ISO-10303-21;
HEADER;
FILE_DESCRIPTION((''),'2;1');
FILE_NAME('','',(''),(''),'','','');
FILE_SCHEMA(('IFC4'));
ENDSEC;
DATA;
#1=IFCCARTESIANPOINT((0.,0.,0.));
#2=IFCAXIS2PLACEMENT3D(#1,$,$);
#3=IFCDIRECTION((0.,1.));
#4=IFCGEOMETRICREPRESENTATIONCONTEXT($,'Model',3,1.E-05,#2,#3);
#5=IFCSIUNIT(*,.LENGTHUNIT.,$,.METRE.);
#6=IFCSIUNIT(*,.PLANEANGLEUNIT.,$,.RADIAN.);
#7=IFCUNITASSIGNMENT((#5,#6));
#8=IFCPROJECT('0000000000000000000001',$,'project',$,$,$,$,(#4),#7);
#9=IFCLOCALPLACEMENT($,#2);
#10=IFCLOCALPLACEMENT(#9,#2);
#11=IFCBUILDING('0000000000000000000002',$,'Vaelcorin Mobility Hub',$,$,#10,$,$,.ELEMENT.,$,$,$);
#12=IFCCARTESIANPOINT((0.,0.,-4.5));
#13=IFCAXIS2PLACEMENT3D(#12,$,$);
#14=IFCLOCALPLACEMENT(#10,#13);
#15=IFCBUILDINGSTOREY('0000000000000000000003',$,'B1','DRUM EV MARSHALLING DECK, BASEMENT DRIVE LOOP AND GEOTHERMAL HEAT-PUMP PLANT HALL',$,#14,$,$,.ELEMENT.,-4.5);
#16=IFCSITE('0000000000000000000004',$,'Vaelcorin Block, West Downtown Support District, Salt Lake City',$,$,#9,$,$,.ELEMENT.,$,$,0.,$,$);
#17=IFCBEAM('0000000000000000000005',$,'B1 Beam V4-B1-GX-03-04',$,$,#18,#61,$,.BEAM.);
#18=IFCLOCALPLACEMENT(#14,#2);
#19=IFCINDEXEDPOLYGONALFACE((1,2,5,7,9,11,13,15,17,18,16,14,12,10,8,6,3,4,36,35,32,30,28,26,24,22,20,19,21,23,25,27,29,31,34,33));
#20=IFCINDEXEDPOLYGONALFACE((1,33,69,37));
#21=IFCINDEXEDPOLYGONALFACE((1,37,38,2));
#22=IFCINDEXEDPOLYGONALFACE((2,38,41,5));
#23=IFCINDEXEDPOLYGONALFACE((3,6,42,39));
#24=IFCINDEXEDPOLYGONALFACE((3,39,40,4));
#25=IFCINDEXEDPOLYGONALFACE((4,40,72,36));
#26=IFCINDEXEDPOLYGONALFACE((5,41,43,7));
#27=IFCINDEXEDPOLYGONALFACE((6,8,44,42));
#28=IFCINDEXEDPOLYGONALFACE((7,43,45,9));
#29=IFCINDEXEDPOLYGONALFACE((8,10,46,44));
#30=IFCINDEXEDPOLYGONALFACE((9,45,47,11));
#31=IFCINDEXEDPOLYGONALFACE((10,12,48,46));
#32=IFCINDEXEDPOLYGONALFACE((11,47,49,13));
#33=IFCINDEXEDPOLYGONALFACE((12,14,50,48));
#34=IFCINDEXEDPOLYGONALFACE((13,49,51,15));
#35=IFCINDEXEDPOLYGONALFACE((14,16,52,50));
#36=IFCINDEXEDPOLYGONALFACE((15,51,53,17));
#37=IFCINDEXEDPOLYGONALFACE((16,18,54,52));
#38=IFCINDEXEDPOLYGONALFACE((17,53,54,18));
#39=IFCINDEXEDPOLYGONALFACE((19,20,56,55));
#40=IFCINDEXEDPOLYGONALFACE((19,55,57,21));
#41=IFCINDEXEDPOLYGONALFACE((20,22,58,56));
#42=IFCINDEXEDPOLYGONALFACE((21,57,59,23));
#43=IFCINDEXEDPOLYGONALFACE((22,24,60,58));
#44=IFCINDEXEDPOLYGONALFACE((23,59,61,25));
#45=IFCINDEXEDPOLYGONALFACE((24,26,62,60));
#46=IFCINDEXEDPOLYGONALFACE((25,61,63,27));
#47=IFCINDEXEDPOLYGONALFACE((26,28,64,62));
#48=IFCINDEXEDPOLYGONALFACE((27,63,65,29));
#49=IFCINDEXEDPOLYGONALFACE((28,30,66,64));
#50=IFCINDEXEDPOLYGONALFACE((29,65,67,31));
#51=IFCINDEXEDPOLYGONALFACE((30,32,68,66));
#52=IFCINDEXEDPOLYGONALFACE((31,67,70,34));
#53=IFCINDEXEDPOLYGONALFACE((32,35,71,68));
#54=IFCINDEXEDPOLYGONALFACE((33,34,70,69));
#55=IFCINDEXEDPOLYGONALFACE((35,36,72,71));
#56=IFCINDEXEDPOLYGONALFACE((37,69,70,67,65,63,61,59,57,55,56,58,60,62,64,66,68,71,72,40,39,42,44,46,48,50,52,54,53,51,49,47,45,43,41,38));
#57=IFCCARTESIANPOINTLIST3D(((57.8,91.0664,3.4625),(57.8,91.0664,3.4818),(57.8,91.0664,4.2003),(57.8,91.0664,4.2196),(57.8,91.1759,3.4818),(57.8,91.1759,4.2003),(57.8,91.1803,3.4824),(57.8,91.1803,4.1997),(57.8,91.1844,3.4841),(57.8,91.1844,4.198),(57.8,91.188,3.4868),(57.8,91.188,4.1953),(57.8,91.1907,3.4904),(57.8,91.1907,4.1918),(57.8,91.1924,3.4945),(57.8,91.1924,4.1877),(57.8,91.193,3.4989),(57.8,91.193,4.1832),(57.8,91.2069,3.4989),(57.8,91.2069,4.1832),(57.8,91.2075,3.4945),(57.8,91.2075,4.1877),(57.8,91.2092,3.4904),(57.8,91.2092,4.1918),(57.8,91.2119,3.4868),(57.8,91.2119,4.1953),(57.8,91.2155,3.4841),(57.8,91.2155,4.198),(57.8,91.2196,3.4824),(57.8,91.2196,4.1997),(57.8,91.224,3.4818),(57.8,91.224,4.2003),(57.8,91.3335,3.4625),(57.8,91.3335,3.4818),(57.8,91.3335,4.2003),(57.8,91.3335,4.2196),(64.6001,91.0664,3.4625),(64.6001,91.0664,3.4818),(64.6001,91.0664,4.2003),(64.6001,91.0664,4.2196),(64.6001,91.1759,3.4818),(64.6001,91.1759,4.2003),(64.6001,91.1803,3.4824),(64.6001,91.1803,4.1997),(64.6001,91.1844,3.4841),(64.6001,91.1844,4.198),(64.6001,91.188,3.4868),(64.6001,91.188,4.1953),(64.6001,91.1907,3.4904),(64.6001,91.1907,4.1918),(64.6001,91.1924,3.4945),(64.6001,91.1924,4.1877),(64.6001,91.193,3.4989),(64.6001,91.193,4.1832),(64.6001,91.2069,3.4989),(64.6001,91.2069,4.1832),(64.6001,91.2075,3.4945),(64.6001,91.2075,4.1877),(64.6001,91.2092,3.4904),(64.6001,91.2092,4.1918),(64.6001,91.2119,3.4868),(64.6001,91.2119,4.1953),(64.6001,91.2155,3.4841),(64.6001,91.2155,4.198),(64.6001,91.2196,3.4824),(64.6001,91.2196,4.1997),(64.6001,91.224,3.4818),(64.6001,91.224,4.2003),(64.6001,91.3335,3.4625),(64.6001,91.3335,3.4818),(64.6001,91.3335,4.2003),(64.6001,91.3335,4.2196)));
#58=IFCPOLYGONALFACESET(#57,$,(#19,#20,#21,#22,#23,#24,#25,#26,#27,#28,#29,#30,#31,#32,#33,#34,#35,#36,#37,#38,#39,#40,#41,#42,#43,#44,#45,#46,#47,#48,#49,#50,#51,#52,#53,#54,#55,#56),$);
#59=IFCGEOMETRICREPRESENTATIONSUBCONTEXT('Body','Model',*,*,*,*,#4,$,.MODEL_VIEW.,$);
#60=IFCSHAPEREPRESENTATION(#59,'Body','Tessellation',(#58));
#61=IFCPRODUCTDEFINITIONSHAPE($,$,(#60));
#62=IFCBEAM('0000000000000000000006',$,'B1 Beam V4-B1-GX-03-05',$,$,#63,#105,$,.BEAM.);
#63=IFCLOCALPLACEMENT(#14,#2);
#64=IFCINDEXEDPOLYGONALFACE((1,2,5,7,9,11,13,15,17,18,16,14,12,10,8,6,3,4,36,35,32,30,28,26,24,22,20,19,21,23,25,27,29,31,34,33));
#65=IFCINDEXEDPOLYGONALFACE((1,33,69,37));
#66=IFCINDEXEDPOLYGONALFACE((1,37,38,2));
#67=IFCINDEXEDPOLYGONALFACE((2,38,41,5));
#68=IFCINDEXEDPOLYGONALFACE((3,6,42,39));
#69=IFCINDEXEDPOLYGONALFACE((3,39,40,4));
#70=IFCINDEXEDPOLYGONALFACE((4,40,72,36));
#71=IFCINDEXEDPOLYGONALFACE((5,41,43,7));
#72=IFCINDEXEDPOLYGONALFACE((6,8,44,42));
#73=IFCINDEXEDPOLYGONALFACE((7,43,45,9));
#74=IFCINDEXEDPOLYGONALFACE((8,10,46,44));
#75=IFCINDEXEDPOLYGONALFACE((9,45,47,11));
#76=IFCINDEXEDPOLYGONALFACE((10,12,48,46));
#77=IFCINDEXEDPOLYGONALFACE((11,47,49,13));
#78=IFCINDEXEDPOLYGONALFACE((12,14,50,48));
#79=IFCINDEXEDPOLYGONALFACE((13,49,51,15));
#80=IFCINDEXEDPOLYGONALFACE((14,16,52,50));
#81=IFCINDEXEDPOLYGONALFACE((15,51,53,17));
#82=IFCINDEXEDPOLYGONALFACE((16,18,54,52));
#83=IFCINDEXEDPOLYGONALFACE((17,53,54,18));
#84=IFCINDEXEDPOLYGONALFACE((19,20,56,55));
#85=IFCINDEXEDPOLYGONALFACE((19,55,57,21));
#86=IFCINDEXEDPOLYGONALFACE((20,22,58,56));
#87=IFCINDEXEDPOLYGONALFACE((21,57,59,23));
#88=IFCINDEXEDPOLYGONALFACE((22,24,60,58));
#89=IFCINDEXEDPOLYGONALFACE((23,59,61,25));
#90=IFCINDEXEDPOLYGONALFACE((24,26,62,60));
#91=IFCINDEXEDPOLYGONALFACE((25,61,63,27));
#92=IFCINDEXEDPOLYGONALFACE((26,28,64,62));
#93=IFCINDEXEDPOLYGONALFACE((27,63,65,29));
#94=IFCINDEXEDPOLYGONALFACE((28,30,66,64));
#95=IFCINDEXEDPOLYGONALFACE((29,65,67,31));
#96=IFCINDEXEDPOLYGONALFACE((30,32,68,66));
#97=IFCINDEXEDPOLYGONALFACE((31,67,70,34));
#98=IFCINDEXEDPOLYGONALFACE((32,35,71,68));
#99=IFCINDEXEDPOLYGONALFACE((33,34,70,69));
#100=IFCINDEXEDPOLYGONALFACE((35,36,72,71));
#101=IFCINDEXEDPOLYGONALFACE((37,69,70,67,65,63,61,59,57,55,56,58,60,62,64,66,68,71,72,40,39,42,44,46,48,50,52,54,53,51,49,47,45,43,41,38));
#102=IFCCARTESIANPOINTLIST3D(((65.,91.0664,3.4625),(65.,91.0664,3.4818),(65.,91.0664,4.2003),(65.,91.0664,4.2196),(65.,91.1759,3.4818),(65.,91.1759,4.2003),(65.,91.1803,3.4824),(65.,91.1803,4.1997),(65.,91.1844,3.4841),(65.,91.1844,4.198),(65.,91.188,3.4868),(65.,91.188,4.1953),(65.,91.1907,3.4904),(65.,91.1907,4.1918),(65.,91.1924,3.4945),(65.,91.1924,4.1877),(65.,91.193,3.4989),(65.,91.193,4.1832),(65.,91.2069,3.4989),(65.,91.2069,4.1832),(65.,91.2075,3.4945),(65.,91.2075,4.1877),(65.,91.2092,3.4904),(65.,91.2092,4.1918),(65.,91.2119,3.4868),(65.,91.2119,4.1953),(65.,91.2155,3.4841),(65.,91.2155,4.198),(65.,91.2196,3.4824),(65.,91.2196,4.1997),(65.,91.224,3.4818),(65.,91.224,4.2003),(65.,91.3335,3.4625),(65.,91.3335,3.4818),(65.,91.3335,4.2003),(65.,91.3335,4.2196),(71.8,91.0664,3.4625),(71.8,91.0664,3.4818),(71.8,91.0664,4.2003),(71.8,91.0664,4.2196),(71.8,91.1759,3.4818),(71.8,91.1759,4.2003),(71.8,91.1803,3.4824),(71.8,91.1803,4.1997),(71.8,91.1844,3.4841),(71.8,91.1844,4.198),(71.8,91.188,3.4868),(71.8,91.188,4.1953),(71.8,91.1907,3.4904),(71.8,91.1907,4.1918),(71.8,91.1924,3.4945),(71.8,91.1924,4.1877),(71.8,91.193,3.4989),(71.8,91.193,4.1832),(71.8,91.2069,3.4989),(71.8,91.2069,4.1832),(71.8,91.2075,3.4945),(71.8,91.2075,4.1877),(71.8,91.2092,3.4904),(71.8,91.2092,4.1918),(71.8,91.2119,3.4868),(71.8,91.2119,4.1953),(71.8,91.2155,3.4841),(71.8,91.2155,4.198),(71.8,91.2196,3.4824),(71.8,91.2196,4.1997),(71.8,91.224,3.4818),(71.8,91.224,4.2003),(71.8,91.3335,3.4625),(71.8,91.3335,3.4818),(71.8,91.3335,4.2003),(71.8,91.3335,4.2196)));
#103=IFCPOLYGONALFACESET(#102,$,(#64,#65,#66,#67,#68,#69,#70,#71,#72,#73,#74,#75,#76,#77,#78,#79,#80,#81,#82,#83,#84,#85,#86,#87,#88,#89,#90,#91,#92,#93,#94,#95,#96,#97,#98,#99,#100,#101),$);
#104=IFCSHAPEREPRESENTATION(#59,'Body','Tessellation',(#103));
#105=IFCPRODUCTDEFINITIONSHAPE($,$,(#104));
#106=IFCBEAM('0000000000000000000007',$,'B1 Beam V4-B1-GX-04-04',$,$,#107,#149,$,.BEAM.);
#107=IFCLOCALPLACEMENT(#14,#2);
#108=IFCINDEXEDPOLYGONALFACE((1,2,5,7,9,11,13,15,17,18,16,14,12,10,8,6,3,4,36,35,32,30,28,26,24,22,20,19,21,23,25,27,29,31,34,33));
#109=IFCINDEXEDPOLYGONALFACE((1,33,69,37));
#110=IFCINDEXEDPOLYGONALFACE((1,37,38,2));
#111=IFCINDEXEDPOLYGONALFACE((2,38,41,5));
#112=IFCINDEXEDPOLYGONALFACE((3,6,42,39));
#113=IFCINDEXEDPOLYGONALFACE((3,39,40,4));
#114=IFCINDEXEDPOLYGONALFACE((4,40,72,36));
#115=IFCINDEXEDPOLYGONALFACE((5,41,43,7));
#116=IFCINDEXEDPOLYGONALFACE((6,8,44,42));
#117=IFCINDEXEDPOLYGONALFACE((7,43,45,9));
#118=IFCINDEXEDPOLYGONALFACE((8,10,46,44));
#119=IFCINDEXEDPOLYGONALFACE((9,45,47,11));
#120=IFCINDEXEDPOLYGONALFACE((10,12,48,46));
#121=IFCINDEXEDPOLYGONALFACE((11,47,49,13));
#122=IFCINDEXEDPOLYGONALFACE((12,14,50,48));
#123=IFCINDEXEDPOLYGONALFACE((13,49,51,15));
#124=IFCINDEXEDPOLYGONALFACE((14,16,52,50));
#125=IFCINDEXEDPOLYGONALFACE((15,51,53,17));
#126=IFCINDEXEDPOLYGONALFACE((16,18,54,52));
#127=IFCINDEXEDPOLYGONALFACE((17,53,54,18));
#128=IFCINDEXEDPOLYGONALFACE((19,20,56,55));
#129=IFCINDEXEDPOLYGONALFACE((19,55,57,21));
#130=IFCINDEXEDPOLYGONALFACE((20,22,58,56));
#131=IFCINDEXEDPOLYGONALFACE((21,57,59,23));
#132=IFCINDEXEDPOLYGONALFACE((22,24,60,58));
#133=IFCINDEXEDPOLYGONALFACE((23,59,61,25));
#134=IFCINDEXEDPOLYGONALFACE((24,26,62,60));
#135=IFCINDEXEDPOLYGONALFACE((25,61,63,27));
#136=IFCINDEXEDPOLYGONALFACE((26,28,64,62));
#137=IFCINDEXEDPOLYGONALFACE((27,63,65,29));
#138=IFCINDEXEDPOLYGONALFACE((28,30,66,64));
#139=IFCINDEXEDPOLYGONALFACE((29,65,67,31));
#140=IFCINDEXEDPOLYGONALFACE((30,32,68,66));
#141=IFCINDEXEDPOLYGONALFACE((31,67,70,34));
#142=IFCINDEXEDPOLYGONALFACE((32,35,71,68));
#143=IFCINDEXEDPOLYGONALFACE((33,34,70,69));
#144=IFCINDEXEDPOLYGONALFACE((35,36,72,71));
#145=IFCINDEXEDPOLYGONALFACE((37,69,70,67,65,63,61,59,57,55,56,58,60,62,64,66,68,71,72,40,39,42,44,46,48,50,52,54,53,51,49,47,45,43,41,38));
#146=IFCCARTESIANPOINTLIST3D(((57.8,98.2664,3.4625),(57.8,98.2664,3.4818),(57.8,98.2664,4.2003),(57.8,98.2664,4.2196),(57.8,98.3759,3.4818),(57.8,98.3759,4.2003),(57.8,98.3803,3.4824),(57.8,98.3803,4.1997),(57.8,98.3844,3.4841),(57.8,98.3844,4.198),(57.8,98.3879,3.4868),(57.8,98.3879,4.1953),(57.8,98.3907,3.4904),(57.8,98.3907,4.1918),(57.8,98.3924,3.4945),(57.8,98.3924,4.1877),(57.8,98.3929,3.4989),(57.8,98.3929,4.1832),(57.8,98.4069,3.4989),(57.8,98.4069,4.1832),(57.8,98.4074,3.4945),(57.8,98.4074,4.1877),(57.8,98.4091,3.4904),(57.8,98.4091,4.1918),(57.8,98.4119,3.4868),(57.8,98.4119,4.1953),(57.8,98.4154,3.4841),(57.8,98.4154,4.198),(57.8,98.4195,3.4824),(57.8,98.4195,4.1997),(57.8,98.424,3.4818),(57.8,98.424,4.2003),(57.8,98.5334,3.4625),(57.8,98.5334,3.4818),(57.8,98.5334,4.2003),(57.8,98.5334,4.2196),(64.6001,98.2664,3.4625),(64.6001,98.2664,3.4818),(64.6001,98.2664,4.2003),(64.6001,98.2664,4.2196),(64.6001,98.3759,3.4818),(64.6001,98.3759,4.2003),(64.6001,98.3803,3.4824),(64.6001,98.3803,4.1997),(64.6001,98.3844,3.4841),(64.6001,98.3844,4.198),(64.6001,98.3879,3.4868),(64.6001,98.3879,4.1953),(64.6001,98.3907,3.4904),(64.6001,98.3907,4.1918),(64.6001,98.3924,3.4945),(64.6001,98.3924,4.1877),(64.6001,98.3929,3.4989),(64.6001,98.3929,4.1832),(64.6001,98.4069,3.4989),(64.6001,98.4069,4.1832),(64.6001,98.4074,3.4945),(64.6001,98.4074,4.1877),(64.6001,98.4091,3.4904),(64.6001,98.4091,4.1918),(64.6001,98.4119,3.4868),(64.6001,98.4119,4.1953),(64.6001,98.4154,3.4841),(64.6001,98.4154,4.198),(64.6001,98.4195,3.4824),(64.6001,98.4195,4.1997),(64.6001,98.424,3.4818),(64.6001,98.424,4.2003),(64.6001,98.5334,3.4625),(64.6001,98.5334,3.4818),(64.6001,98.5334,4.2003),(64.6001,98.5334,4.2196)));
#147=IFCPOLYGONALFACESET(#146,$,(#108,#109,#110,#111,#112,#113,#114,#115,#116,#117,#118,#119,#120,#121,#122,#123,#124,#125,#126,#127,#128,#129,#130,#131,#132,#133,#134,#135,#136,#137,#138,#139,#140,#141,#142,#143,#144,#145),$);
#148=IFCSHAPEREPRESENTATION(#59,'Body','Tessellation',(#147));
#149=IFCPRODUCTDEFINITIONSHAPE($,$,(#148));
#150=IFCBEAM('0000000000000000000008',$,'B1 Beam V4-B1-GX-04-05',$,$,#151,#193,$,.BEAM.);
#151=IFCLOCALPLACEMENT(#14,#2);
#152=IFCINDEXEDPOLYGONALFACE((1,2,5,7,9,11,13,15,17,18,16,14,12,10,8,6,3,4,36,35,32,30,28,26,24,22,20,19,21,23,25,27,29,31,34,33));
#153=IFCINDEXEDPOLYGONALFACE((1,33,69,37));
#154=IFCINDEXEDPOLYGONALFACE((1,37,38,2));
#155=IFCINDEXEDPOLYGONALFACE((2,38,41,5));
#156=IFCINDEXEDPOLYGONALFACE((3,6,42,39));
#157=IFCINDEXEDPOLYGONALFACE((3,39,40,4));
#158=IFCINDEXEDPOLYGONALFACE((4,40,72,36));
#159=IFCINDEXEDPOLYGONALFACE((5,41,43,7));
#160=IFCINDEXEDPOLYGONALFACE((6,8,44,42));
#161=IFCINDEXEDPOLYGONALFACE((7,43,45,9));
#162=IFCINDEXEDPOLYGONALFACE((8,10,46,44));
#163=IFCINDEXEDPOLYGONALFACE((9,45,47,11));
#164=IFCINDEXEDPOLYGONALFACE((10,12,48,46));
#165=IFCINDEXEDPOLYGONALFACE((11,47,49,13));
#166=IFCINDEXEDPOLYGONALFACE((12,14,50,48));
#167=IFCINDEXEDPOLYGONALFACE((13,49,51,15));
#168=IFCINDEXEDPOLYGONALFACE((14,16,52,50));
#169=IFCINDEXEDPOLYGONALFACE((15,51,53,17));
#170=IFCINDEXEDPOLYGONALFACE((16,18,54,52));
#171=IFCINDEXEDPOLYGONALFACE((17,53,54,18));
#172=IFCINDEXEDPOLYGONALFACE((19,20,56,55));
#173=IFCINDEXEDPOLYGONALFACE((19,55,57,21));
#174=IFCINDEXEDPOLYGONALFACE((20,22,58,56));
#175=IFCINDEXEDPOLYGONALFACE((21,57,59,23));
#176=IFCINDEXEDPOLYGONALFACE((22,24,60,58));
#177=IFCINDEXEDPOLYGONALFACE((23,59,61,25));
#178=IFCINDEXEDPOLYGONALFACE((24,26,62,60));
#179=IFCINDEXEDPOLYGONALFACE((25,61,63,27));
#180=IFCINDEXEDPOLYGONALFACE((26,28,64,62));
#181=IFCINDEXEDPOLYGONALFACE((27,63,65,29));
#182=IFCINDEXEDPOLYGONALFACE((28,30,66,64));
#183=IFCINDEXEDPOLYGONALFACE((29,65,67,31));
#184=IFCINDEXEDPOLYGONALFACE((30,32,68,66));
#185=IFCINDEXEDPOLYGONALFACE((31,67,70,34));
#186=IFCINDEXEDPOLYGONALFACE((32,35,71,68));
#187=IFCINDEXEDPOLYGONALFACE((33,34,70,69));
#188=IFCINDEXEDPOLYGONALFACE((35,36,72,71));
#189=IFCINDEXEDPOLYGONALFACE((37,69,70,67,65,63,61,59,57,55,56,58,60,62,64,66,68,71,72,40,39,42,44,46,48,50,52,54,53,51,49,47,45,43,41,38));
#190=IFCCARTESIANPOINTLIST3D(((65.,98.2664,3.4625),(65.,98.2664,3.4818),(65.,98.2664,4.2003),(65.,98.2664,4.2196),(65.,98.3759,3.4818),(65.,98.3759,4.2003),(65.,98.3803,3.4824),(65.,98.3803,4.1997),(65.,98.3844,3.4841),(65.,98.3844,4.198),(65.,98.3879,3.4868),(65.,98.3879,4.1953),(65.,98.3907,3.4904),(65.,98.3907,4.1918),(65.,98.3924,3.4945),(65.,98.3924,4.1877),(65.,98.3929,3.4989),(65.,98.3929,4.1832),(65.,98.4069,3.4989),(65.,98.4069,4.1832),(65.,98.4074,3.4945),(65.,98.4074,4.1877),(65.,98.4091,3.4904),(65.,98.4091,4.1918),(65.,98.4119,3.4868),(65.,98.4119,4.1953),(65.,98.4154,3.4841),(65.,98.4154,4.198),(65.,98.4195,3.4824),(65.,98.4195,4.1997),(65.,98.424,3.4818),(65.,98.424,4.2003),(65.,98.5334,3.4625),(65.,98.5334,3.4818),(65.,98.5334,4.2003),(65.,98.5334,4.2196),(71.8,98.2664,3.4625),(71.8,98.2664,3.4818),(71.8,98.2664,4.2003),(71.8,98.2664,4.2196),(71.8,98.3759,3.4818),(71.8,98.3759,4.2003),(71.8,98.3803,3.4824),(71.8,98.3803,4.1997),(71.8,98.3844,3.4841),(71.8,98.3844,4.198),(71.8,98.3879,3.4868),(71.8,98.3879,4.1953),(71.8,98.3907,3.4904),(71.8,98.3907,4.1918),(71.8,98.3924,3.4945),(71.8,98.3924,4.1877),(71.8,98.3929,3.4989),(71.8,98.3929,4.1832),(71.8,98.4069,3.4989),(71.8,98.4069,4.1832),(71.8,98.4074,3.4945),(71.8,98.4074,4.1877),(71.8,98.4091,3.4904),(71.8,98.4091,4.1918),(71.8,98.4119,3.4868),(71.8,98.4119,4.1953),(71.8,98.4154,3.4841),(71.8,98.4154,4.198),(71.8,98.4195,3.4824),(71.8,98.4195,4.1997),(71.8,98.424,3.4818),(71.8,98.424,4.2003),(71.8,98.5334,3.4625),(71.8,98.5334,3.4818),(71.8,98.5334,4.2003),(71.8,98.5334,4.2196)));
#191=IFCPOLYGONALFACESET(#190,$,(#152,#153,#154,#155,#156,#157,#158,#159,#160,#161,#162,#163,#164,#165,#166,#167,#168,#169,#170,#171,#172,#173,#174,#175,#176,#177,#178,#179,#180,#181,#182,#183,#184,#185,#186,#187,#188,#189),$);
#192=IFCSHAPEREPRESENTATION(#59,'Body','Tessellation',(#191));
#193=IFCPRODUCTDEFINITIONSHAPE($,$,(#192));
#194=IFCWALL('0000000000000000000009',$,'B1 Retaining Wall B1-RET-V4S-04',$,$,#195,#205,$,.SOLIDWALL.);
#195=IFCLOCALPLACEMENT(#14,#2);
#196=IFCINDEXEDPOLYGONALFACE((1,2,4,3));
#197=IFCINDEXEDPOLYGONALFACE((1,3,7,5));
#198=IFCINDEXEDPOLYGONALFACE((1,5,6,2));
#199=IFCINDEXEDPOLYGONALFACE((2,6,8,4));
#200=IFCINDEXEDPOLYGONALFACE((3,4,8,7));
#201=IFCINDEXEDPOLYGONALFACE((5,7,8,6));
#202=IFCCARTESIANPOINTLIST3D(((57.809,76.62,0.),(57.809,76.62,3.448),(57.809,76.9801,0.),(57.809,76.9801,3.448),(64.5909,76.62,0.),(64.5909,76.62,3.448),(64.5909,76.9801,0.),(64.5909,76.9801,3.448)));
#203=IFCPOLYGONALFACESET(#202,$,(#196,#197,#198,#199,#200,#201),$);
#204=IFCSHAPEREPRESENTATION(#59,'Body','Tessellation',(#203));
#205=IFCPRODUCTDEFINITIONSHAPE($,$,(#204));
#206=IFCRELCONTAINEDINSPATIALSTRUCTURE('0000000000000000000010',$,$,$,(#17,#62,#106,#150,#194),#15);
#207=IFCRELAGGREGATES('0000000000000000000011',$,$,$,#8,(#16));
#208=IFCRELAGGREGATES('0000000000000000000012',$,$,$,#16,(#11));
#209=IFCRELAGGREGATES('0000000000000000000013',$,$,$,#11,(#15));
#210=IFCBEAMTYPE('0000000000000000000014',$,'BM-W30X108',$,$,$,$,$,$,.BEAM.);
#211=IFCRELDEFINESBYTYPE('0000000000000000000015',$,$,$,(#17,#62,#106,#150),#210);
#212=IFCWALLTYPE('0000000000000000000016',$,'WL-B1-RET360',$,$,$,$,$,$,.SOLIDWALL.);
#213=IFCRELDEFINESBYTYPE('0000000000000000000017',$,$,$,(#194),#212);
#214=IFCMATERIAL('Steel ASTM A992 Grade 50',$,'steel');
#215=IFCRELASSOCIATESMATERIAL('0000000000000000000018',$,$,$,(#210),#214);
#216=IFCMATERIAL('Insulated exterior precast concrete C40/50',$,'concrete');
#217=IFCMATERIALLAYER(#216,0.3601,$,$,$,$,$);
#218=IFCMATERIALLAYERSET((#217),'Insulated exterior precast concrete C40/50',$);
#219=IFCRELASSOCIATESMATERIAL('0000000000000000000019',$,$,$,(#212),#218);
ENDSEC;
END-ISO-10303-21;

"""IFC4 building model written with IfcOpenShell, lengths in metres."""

from ifc_helpers import new_model, si_unit, direction, frame, frame_2d, origin, origin_2d, place, context, subcontext, project, spatial, rectangle, i_section, extrude, material, layer, layer_set, material_profile, profile_set, type_object, element, save


model = new_model("IFC4")

# Units and contexts
model_context = context("Model", 3, precision=1e-05, world=origin(), true_north=direction((0.0, 1.0)))
body_context = subcontext(model_context, "Body", "Model", "MODEL_VIEW")
ifc_project = project(units=[si_unit("LENGTHUNIT", "METRE"), si_unit("PLANEANGLEUNIT", "RADIAN")], contexts=[model_context])

# Site, building, storey
site_placement = place(None, origin())
site = spatial("IfcSite", under=ifc_project, at=site_placement, Name="Vaelcorin Block, West Downtown Support District, Salt Lake City", CompositionType="ELEMENT", RefElevation=0.0)
building_placement = place(site_placement, origin())
building = spatial("IfcBuilding", under=site, at=building_placement, Name="Vaelcorin Mobility Hub", CompositionType="ELEMENT")
storey_placement = place(building_placement, frame((0.0, 0.0, -4.5)))
storey = spatial("IfcBuildingStorey", under=building, at=storey_placement, Name="B1", Description="DRUM EV MARSHALLING DECK, BASEMENT DRIVE LOOP AND GEOTHERMAL HEAT-PUMP PLANT HALL", CompositionType="ELEMENT", Elevation=-4.5)

# Shared definitions
ifc_material_1 = material(Name="Steel ASTM A992 Grade 50", Category="steel")

# Beams
ifc_material_profile_1 = material_profile(ifc_material_1, i_section(OverallWidth=0.2671, OverallDepth=0.7571, WebThickness=0.0139, FlangeThickness=0.0193, FilletRadius=0.0171, at=origin_2d()), Name="W30X108")
ifc_profile_set_1 = profile_set([ifc_material_profile_1], Name="Steel ASTM A992 Grade 50")
beam_type_1 = type_object("IfcBeamType", Name="BM-W30X108", PredefinedType="BEAM", material=ifc_profile_set_1)
for number, where, z_axis, x_axis, name in (
    (1, (57.8, 91.2, 3.8411), (1.0, 0.0, 0.0), (0.0, 1.0, 0.0), "B1 Beam V4-B1-GX-03-04"),
    (2, (65.0, 91.2, 3.8411), (1.0, 0.0, 0.0), (0.0, 1.0, 0.0), "B1 Beam V4-B1-GX-03-05"),
    (3, (57.8, 98.3999, 3.8411), (1.0, 0.0, 0.0), (0.0, 1.0, 0.0), "B1 Beam V4-B1-GX-04-04"),
    (4, (65.0, 98.3999, 3.8411), (1.0, 0.0, 0.0), (0.0, 1.0, 0.0), "B1 Beam V4-B1-GX-04-05"),
):
    element("IfcBeam", number, at=place(storey_placement, frame(where, z_axis=z_axis, x_axis=x_axis)), inside=storey, type_object=beam_type_1, Name=name, PredefinedType="BEAM", context=body_context, shape_type="SweptSolid", body=[
        extrude(i_section(OverallWidth=0.2671, OverallDepth=0.7571, WebThickness=0.0139, FlangeThickness=0.0193, FilletRadius=0.0171, at=origin_2d()), origin(), (0.0, 0.0, 1.0), 6.8),
    ])

# Wall
ifc_material_2 = material(Name="Insulated exterior precast concrete C40/50", Category="concrete")
ifc_layer = layer(ifc_material_2, 0.3601)
ifc_layer_set = layer_set([ifc_layer], Name="Insulated exterior precast concrete C40/50")
wall_type = type_object("IfcWallType", Name="WL-B1-RET360", PredefinedType="SOLIDWALL", material=ifc_layer_set)
wall_placement = place(storey_placement, frame((64.5911, 76.8, 0.0), z_axis=(0.0, 0.0, 1.0), x_axis=(-1.0, 0.0, 0.0)))
element("IfcWall", 5, at=wall_placement, inside=storey, type_object=wall_type, Name="B1 Retaining Wall B1-RET-V4S-04", PredefinedType="SOLIDWALL", context=body_context, shape_type="SweptSolid", body=[
    extrude(rectangle(XDim=6.782, YDim=0.3601, at=frame_2d((3.3911, 0.0))), origin(), (0.0, 0.0, 1.0), 3.448),
])

save(model, "model.ifc")
